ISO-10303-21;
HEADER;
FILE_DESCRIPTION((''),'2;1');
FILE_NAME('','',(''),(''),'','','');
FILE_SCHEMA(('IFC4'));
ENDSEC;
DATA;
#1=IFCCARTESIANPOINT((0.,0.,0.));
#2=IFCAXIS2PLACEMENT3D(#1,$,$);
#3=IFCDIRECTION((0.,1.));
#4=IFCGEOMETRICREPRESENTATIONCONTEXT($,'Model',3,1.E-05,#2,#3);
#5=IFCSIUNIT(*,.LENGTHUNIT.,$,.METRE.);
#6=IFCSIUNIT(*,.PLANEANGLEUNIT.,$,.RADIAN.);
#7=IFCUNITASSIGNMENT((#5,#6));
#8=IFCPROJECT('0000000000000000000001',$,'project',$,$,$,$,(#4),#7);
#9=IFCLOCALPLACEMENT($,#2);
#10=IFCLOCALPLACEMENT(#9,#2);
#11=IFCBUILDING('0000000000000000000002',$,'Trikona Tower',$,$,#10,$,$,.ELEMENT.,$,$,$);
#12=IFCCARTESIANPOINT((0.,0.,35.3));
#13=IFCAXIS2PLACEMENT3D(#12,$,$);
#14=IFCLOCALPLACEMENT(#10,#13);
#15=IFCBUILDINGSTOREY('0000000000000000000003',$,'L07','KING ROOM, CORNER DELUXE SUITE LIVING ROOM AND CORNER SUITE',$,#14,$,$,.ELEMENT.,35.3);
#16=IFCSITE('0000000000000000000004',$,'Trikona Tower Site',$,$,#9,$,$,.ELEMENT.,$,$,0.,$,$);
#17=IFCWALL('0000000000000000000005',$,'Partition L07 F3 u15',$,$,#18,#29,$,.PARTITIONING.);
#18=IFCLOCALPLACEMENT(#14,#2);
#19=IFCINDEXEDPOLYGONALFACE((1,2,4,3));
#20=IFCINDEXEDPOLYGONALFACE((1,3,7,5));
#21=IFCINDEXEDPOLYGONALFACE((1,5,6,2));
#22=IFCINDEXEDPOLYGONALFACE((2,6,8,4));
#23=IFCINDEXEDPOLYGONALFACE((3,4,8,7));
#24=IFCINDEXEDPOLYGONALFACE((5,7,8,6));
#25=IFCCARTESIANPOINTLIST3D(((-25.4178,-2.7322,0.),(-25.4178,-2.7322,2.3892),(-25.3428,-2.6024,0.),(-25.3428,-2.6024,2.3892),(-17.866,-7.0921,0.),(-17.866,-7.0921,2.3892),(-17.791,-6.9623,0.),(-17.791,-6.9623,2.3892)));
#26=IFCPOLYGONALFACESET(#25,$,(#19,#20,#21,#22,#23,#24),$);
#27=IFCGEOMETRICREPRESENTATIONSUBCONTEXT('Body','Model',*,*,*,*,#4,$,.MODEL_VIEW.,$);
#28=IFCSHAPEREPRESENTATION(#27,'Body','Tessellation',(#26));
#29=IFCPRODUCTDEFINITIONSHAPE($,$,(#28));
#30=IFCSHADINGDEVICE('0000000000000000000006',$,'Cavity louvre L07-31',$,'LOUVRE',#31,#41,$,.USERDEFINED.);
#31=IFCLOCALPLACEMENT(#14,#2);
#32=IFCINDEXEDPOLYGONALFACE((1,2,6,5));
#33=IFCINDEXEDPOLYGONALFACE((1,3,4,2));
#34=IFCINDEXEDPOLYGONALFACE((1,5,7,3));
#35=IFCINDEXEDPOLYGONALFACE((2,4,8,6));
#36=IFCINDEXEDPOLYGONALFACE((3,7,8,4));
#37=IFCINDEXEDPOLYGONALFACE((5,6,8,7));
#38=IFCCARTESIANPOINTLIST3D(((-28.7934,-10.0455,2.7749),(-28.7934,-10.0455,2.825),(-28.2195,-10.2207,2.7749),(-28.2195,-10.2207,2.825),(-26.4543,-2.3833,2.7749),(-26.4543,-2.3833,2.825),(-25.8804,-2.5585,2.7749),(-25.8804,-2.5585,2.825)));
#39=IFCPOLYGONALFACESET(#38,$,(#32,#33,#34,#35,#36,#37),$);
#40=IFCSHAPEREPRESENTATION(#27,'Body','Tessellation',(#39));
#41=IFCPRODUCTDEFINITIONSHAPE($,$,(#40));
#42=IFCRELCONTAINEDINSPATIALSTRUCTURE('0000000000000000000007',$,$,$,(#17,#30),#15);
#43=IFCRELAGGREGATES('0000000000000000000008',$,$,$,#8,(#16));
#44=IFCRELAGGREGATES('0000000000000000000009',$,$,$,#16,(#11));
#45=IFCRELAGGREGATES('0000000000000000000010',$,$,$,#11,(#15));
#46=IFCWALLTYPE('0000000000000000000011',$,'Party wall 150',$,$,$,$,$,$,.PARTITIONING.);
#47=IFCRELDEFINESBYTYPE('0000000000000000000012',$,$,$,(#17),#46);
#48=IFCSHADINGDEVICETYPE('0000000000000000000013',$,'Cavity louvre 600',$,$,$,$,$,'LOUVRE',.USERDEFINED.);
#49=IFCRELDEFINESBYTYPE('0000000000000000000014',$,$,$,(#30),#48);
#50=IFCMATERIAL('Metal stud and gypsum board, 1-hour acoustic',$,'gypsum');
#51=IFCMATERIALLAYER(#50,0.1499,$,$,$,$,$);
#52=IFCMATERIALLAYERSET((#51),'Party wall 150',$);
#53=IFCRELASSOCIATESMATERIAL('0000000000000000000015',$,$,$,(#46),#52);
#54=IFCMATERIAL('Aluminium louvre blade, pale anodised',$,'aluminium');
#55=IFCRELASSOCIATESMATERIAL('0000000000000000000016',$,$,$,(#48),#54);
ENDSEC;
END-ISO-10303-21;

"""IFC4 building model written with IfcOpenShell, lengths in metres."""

from ifc_helpers import new_model, si_unit, direction, frame, frame_2d, origin, origin_2d, place, context, subcontext, project, spatial, rectangle, extrude, material, layer, layer_set, type_object, element, save


model = new_model("IFC4")

# Units and contexts
model_context = context("Model", 3, precision=1e-05, world=origin(), true_north=direction((0.0, 1.0)))
body_context = subcontext(model_context, "Body", "Model", "MODEL_VIEW")
ifc_project = project(units=[si_unit("LENGTHUNIT", "METRE"), si_unit("PLANEANGLEUNIT", "RADIAN")], contexts=[model_context])

# Site, building, storey
site_placement = place(None, origin())
site = spatial("IfcSite", under=ifc_project, at=site_placement, Name="Trikona Tower Site", CompositionType="ELEMENT", RefElevation=0.0)
building_placement = place(site_placement, origin())
building = spatial("IfcBuilding", under=site, at=building_placement, Name="Trikona Tower", CompositionType="ELEMENT")
storey_placement = place(building_placement, frame((0.0, 0.0, 35.3)))
storey = spatial("IfcBuildingStorey", under=building, at=storey_placement, Name="L07", Description="KING ROOM, CORNER DELUXE SUITE LIVING ROOM AND CORNER SUITE", CompositionType="ELEMENT", Elevation=35.3)

# Wall
ifc_material_1 = material(Name="Metal stud and gypsum board, 1-hour acoustic", Category="gypsum")
ifc_layer_1 = layer(ifc_material_1, 0.1499)
ifc_layer_set_1 = layer_set([ifc_layer_1], Name="Party wall 150")
wall_type_1 = type_object("IfcWallType", Name="Party wall 150", PredefinedType="PARTITIONING", material=ifc_layer_set_1)
wall_1_placement = place(storey_placement, frame((-17.8286, -7.0271, 0.0), z_axis=(0.0, 0.0, 1.0), x_axis=(-0.866033, 0.499987, 0.0)))
element("IfcWall", 1, at=wall_1_placement, inside=storey, type_object=wall_type_1, Name="Partition L07 F3 u15", PredefinedType="PARTITIONING", context=body_context, shape_type="SweptSolid", body=[
    extrude(rectangle(XDim=8.72, YDim=0.1499, at=frame_2d((4.3599, 0.0))), origin(), (0.0, 0.0, 1.0), 2.3892),
])

# Shading device
ifc_material_2 = material(Name="Aluminium louvre blade, pale anodised", Category="aluminium")
shading_device_type = type_object("IfcShadingDeviceType", Name="Cavity louvre 600", ElementType="LOUVRE", PredefinedType="USERDEFINED", material=ifc_material_2)
shading_device_placement = place(storey_placement, frame((-27.3369, -6.302, 2.7749), z_axis=(0.0, 0.0, 1.0), x_axis=(-0.291979, -0.956425, 0.0)))
element("IfcShadingDevice", 2, at=shading_device_placement, inside=storey, type_object=shading_device_type, Name="Cavity louvre L07-31", ObjectType="LOUVRE", PredefinedType="USERDEFINED", context=body_context, shape_type="SweptSolid", body=[
    extrude(rectangle(XDim=8.0112, YDim=0.6001, at=origin_2d()), origin(), (0.0, 0.0, 1.0), 0.05),
])

save(model, "model.ifc")
